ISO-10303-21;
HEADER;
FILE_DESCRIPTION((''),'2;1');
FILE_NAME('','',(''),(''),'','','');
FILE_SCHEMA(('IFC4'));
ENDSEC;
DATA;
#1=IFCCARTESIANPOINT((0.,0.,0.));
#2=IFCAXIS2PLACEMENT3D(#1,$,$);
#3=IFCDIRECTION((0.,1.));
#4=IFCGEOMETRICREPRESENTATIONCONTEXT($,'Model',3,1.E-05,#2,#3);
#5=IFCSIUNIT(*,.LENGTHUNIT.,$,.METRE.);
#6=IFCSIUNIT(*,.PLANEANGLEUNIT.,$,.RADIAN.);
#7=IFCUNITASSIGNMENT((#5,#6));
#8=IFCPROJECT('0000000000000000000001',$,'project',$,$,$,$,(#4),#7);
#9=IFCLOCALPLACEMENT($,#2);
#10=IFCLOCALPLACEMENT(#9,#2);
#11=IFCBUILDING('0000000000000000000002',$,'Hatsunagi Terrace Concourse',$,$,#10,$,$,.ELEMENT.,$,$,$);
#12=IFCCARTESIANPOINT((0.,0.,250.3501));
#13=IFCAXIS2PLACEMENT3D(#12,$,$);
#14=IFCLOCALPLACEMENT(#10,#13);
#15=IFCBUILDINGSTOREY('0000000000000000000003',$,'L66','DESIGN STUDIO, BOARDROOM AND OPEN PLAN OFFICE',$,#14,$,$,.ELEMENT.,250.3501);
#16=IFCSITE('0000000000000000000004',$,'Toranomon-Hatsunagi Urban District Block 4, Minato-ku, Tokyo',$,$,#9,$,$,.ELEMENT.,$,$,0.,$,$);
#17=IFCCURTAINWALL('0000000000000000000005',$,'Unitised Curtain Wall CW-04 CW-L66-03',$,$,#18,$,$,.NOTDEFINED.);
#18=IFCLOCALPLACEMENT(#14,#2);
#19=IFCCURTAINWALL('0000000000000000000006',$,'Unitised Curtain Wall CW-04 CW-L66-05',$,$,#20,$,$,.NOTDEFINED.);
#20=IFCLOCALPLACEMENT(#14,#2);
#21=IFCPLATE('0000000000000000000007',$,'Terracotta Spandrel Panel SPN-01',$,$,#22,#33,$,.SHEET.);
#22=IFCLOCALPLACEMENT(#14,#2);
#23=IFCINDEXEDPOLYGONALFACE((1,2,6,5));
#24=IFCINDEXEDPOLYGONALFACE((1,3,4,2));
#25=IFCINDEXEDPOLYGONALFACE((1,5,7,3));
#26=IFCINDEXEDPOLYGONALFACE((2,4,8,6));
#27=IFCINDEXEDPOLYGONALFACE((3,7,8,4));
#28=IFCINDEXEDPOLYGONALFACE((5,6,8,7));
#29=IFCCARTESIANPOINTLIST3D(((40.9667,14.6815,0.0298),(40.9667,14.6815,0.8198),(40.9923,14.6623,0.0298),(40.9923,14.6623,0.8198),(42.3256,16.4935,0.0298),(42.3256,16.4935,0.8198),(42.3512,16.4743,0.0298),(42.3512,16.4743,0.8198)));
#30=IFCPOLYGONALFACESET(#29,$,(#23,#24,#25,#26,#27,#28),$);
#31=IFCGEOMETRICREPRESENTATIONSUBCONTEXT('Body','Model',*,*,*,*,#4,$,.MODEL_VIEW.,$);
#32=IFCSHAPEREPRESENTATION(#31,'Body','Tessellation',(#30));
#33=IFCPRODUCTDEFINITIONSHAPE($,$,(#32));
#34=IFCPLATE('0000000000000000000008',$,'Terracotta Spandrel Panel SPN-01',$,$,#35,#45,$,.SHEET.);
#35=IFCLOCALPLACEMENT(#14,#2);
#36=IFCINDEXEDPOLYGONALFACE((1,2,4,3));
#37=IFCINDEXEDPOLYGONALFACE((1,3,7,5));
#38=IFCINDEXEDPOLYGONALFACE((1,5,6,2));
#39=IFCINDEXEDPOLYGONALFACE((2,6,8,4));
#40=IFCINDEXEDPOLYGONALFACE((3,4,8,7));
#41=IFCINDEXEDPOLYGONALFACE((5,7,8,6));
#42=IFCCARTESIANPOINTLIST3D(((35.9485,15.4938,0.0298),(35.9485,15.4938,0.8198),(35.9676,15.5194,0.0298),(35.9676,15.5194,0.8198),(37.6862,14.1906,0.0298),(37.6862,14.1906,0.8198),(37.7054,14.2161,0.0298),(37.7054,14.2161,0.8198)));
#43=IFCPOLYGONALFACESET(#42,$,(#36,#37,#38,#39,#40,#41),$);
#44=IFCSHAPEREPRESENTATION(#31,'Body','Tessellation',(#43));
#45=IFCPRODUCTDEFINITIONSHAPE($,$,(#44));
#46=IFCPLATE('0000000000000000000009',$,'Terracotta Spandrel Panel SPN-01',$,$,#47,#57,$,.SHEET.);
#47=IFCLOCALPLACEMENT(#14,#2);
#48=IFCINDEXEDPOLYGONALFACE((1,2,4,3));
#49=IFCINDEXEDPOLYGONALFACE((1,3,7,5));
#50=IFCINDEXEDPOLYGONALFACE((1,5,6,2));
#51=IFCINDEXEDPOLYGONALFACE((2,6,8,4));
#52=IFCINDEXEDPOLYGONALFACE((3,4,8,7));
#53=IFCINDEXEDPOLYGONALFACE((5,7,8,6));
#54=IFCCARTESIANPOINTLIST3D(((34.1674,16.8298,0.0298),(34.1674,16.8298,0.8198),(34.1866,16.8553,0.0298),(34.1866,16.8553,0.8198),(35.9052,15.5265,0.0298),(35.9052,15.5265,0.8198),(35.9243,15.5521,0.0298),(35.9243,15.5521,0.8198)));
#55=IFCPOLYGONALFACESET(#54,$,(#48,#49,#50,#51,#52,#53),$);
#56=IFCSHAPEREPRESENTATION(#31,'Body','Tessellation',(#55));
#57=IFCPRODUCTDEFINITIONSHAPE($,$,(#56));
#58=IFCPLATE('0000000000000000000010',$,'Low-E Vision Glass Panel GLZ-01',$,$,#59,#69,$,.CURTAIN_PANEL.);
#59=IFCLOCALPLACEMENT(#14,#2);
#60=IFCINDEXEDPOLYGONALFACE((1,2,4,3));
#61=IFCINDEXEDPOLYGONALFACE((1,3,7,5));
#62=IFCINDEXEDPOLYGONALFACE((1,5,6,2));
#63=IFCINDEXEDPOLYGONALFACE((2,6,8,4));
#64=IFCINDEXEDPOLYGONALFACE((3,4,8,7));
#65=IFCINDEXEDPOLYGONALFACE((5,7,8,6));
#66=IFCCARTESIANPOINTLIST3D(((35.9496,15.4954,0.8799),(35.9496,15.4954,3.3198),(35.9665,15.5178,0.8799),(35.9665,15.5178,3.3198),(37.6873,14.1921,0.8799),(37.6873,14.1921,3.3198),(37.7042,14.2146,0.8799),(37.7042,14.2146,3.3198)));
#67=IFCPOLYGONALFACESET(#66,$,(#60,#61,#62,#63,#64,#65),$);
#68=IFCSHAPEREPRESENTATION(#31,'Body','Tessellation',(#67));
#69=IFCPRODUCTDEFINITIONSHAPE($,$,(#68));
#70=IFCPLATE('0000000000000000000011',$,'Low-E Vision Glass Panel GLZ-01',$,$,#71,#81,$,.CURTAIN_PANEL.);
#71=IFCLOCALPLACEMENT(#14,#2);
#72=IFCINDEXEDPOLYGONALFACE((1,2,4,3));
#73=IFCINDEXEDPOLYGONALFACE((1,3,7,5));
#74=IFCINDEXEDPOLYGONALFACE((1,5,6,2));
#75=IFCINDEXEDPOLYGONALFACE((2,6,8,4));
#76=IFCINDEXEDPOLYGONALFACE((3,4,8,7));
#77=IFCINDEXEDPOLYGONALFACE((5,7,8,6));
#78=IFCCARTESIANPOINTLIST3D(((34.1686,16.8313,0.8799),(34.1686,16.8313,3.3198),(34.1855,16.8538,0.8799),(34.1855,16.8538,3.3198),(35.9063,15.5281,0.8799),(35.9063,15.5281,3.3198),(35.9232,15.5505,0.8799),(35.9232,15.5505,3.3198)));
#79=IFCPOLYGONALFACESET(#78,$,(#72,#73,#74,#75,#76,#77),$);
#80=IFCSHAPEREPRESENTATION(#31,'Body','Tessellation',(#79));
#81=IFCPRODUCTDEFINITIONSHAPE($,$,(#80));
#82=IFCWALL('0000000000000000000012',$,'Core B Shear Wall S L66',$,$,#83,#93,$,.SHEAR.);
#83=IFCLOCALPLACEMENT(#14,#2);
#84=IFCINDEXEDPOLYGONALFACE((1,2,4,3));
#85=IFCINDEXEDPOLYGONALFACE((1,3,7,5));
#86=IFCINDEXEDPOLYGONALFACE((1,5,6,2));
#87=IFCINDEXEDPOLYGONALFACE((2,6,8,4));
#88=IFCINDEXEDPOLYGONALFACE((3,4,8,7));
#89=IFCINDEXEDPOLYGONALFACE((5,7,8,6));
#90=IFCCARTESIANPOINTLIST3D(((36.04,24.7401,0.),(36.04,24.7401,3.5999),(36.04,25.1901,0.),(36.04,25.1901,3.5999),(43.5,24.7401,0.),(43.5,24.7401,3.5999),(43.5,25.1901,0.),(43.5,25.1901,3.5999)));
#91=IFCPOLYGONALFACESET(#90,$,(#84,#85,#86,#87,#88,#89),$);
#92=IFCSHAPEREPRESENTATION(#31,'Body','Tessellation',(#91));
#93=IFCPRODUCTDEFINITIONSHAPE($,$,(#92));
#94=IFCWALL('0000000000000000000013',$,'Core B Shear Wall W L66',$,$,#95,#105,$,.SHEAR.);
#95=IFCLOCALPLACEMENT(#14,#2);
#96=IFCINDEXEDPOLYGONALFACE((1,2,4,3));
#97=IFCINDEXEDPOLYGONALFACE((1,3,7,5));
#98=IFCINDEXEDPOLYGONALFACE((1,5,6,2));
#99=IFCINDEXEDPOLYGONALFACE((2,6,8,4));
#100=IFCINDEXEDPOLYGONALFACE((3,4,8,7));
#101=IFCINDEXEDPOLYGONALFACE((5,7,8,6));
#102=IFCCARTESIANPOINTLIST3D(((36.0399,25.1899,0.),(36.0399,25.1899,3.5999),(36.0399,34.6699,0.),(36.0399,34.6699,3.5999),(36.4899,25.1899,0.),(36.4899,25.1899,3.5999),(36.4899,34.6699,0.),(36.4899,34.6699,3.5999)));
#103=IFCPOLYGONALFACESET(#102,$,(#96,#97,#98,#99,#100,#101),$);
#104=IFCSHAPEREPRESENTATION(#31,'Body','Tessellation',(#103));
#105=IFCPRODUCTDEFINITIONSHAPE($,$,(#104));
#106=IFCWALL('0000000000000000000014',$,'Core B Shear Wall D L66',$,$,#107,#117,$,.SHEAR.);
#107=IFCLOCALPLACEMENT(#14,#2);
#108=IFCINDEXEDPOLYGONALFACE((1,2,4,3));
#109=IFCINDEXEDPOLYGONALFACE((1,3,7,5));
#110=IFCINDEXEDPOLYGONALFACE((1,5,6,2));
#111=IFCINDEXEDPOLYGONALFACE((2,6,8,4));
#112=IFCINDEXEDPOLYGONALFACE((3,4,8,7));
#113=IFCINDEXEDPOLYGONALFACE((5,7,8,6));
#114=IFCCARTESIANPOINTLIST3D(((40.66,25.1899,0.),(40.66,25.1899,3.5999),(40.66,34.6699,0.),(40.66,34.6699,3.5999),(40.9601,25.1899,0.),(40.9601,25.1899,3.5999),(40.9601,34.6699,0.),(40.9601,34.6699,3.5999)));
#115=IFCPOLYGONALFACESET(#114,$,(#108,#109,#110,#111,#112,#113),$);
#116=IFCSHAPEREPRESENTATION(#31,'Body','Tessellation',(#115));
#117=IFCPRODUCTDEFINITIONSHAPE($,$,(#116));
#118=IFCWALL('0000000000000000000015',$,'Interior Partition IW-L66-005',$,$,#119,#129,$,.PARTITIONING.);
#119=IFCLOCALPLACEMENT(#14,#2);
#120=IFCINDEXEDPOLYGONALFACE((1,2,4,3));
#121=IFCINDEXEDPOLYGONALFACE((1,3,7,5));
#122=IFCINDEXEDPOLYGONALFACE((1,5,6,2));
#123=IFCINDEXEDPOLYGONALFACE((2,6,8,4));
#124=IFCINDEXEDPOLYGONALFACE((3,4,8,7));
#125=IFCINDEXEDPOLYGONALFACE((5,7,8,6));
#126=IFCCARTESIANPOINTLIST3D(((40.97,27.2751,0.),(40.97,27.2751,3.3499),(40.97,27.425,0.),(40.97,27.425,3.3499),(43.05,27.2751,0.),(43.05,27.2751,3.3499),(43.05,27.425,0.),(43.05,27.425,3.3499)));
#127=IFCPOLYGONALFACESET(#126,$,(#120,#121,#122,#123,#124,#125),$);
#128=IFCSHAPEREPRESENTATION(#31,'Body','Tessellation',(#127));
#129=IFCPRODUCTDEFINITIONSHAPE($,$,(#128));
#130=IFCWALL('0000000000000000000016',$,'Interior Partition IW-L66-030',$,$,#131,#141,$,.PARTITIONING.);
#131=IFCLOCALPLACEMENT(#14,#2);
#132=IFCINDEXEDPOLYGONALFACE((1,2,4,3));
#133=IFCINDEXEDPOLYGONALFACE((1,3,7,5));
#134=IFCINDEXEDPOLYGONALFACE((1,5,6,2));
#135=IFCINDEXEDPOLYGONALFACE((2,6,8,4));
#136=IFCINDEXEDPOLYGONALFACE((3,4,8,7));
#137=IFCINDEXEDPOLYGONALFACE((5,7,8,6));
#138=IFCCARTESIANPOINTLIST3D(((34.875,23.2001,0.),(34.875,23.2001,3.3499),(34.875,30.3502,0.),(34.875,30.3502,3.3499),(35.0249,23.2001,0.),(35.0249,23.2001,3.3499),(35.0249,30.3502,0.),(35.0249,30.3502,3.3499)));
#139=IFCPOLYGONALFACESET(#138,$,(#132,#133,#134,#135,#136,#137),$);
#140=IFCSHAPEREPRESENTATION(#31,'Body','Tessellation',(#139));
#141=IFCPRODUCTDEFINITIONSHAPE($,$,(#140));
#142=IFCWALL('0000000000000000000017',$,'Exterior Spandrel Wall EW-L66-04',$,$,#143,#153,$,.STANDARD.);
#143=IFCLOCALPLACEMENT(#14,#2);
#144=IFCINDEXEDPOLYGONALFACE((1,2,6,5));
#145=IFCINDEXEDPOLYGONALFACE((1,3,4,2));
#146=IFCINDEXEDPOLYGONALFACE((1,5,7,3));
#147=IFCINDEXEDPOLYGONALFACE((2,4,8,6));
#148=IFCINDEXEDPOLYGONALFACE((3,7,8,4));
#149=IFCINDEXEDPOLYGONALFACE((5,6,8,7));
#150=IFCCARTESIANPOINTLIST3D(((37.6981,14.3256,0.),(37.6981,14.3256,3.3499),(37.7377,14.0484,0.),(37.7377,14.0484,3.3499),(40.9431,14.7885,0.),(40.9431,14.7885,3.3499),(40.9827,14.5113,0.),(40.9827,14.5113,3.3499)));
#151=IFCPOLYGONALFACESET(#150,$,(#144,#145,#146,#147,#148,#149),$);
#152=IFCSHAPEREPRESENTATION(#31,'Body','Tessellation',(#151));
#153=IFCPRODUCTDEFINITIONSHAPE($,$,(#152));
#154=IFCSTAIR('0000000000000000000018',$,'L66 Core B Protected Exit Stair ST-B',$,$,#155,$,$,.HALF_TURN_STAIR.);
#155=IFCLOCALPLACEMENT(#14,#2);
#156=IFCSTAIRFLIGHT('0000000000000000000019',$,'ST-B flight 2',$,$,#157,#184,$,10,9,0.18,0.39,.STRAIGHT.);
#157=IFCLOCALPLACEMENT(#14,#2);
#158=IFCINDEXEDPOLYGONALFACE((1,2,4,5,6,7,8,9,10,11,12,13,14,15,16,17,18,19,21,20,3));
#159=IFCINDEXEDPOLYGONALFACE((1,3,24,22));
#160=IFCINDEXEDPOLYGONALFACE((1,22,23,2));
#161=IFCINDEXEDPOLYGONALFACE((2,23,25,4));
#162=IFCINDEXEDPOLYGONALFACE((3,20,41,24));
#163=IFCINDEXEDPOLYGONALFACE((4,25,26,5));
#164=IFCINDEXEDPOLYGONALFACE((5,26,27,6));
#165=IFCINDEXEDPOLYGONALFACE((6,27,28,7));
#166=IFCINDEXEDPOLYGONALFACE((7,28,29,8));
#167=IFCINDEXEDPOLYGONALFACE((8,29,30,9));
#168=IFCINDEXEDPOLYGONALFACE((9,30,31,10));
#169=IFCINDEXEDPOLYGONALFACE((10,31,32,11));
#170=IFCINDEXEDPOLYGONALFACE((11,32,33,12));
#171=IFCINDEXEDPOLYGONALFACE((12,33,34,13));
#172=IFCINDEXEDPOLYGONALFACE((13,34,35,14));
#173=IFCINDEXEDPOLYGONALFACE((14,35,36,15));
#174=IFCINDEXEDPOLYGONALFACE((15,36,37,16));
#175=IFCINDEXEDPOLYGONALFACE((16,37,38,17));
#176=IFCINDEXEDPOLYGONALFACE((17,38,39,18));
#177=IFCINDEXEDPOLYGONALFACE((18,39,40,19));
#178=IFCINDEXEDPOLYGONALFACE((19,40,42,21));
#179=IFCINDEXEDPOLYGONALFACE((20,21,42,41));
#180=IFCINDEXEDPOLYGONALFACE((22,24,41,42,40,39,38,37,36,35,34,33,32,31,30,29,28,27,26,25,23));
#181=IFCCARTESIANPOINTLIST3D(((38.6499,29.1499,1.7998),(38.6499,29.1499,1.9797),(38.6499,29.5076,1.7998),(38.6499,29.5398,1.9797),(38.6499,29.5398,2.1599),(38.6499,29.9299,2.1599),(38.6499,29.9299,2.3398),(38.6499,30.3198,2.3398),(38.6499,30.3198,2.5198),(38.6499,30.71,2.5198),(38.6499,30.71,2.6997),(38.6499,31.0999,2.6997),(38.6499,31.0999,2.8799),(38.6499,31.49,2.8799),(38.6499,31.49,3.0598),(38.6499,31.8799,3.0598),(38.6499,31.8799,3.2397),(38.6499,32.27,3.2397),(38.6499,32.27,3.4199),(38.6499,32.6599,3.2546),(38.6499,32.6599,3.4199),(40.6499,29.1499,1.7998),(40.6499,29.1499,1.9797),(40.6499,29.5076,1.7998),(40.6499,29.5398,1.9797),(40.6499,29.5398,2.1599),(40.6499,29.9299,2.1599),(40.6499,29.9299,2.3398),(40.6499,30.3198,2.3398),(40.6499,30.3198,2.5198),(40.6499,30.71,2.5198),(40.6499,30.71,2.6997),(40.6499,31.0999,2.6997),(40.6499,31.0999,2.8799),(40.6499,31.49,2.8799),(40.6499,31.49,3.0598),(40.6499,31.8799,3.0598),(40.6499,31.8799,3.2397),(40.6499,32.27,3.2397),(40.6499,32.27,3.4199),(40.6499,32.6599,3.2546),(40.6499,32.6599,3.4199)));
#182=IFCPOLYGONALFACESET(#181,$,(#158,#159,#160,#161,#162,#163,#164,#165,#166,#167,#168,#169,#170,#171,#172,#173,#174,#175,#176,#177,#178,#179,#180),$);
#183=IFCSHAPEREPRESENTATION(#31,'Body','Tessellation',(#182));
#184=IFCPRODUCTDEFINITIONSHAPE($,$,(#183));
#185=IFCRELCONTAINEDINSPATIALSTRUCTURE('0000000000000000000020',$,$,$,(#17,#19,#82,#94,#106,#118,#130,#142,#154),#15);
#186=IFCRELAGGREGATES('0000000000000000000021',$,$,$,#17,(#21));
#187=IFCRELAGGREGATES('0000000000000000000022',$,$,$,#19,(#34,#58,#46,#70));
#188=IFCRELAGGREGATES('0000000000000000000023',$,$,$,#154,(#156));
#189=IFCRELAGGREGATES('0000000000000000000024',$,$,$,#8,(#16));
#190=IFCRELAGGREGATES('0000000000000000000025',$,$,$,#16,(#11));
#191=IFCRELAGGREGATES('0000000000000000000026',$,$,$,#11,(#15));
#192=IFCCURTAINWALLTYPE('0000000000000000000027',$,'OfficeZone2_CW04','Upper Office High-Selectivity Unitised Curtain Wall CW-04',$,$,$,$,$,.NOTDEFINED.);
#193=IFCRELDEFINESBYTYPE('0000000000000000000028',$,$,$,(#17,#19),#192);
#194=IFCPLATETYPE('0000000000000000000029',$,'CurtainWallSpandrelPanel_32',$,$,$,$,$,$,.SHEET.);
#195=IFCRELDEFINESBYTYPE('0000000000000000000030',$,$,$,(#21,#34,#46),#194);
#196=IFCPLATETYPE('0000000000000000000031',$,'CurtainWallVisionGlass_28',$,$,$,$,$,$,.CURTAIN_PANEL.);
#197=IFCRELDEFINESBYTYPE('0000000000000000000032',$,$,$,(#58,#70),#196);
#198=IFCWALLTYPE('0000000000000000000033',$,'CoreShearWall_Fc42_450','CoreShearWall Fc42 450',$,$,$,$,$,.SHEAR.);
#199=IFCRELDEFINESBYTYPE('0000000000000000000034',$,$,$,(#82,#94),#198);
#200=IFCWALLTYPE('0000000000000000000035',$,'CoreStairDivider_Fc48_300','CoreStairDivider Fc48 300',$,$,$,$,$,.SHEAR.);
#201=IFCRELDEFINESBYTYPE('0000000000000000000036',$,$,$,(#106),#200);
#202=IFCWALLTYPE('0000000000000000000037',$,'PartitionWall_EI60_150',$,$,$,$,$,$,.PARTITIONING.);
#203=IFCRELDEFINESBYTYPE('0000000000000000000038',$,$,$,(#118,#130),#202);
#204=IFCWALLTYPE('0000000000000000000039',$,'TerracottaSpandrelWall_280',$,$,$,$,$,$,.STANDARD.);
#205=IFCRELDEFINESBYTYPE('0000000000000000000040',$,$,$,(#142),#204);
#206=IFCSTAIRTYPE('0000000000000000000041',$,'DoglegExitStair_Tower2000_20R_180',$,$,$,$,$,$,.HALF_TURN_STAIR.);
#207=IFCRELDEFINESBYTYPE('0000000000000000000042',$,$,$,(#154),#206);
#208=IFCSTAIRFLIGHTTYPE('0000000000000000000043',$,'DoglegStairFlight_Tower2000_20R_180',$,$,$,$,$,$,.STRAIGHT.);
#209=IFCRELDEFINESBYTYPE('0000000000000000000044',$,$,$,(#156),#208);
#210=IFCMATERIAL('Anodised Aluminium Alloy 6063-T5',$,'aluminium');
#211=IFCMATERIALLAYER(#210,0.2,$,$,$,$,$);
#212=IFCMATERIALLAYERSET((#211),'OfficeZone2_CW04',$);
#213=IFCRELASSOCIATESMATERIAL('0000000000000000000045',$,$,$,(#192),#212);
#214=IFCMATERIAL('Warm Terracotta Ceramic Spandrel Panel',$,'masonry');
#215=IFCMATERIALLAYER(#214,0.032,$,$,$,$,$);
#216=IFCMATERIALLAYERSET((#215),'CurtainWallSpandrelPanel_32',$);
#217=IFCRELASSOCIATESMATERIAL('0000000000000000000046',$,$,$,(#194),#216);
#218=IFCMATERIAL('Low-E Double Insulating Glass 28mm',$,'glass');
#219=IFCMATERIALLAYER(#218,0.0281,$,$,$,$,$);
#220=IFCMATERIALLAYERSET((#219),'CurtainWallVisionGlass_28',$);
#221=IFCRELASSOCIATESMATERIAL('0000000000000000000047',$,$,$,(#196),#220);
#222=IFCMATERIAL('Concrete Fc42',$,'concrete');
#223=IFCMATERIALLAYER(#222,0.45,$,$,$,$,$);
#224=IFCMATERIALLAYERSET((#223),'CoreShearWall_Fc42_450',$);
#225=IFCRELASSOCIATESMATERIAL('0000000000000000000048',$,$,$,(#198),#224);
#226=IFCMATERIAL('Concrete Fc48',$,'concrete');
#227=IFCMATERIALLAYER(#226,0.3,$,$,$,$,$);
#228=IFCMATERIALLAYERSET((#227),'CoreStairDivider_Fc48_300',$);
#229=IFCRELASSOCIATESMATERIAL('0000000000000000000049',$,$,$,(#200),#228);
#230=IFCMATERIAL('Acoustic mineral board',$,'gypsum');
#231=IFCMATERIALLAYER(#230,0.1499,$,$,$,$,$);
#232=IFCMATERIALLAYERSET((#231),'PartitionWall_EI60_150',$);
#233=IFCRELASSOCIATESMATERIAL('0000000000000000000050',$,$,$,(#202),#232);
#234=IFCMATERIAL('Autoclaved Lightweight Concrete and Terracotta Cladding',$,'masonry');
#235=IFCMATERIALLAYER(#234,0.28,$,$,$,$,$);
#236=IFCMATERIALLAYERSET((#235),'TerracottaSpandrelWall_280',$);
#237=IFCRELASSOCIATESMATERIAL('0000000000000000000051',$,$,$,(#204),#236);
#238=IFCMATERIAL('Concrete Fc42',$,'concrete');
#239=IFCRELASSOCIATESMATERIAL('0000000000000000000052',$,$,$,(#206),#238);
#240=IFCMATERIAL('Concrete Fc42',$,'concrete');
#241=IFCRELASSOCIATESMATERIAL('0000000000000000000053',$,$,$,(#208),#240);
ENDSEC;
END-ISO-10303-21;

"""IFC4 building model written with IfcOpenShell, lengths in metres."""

from ifc_helpers import new_model, si_unit, direction, frame, frame_2d, origin, origin_2d, place, context, subcontext, project, spatial, polyline, rectangle, outline, extrude, material, layer, layer_set, type_object, element, aggregate, save


model = new_model("IFC4")

# Units and contexts
model_context = context("Model", 3, precision=1e-05, world=origin(), true_north=direction((0.0, 1.0)))
body_context = subcontext(model_context, "Body", "Model", "MODEL_VIEW")
ifc_project = project(units=[si_unit("LENGTHUNIT", "METRE"), si_unit("PLANEANGLEUNIT", "RADIAN")], contexts=[model_context])

# Site, building, storey
site_placement = place(None, origin())
site = spatial("IfcSite", under=ifc_project, at=site_placement, Name="Toranomon-Hatsunagi Urban District Block 4, Minato-ku, Tokyo", CompositionType="ELEMENT", RefElevation=0.0)
building_placement = place(site_placement, origin())
building = spatial("IfcBuilding", under=site, at=building_placement, Name="Hatsunagi Terrace Concourse", CompositionType="ELEMENT")
storey_placement = place(building_placement, frame((0.0, 0.0, 250.3501)))
storey = spatial("IfcBuildingStorey", under=building, at=storey_placement, Name="L66", Description="DESIGN STUDIO, BOARDROOM AND OPEN PLAN OFFICE", CompositionType="ELEMENT", Elevation=250.3501)

# Curtain wall
ifc_material_1 = material(Name="Anodised Aluminium Alloy 6063-T5", Category="aluminium")
ifc_layer_1 = layer(ifc_material_1, 0.2)
ifc_layer_set_1 = layer_set([ifc_layer_1], Name="OfficeZone2_CW04")
curtain_wall_type = type_object("IfcCurtainWallType", Name="OfficeZone2_CW04", Description="Upper Office High-Selectivity Unitised Curtain Wall CW-04", PredefinedType="NOTDEFINED", material=ifc_layer_set_1)
curtain_wall_1_placement = place(storey_placement, origin())
curtain_wall_1 = element("IfcCurtainWall", 1, at=curtain_wall_1_placement, inside=storey, type_object=curtain_wall_type, Name="Unitised Curtain Wall CW-04 CW-L66-03", PredefinedType="NOTDEFINED")

# Curtain wall
curtain_wall_2_placement = place(storey_placement, origin())
curtain_wall_2 = element("IfcCurtainWall", 2, at=curtain_wall_2_placement, inside=storey, type_object=curtain_wall_type, Name="Unitised Curtain Wall CW-04 CW-L66-05", PredefinedType="NOTDEFINED")

# Plates
ifc_material_2 = material(Name="Warm Terracotta Ceramic Spandrel Panel", Category="masonry")
ifc_layer_2 = layer(ifc_material_2, 0.032)
ifc_layer_set_2 = layer_set([ifc_layer_2], Name="CurtainWallSpandrelPanel_32")
plate_type_1 = type_object("IfcPlateType", Name="CurtainWallSpandrelPanel_32", PredefinedType="SHEET", material=ifc_layer_set_2)
plate_1_placement = place(storey_placement, frame((41.6589, 15.5779, 0.0298), z_axis=(0.0, 0.0, 1.0), x_axis=(-0.599969, -0.800023, 0.0)))
plate_1 = element("IfcPlate", 3, at=plate_1_placement, type_object=plate_type_1, Name="Terracotta Spandrel Panel SPN-01", PredefinedType="SHEET", context=body_context, shape_type="SweptSolid", body=[
    extrude(rectangle(XDim=2.2649, YDim=0.032, at=origin_2d()), origin(), (0.0, 0.0, 1.0), 0.79),
])
aggregate(curtain_wall_1, [plate_1])
plate_2_placement = place(storey_placement, frame((36.8269, 14.855, 0.0298), z_axis=(0.0, 0.0, 1.0), x_axis=(-0.800007, 0.59999, 0.0)))
plate_2 = element("IfcPlate", 4, at=plate_2_placement, type_object=plate_type_1, Name="Terracotta Spandrel Panel SPN-01", PredefinedType="SHEET", context=body_context, shape_type="SweptSolid", body=[
    extrude(rectangle(XDim=2.1721, YDim=0.032, at=origin_2d()), origin(), (0.0, 0.0, 1.0), 0.79),
])
plate_3_placement = place(storey_placement, frame((35.0459, 16.1909, 0.0298), z_axis=(0.0, 0.0, 1.0), x_axis=(-0.800007, 0.59999, 0.0)))
plate_3 = element("IfcPlate", 5, at=plate_3_placement, type_object=plate_type_1, Name="Terracotta Spandrel Panel SPN-01", PredefinedType="SHEET", context=body_context, shape_type="SweptSolid", body=[
    extrude(rectangle(XDim=2.1721, YDim=0.032, at=origin_2d()), origin(), (0.0, 0.0, 1.0), 0.79),
])
ifc_material_3 = material(Name="Low-E Double Insulating Glass 28mm", Category="glass")
ifc_layer_3 = layer(ifc_material_3, 0.0281)
ifc_layer_set_3 = layer_set([ifc_layer_3], Name="CurtainWallVisionGlass_28")
plate_type_2 = type_object("IfcPlateType", Name="CurtainWallVisionGlass_28", PredefinedType="CURTAIN_PANEL", material=ifc_layer_set_3)
plate_4_placement = place(storey_placement, frame((36.8269, 14.855, 0.8799), z_axis=(0.0, 0.0, 1.0), x_axis=(-0.800007, 0.59999, 0.0)))
plate_4 = element("IfcPlate", 6, at=plate_4_placement, type_object=plate_type_2, Name="Low-E Vision Glass Panel GLZ-01", PredefinedType="CURTAIN_PANEL", context=body_context, shape_type="SweptSolid", body=[
    extrude(rectangle(XDim=2.1721, YDim=0.0281, at=origin_2d()), origin(), (0.0, 0.0, 1.0), 2.4399),
])
plate_5_placement = place(storey_placement, frame((35.0459, 16.1909, 0.8799), z_axis=(0.0, 0.0, 1.0), x_axis=(-0.800007, 0.59999, 0.0)))
plate_5 = element("IfcPlate", 7, at=plate_5_placement, type_object=plate_type_2, Name="Low-E Vision Glass Panel GLZ-01", PredefinedType="CURTAIN_PANEL", context=body_context, shape_type="SweptSolid", body=[
    extrude(rectangle(XDim=2.1721, YDim=0.0281, at=origin_2d()), origin(), (0.0, 0.0, 1.0), 2.4399),
])
aggregate(curtain_wall_2, [plate_2, plate_4, plate_3, plate_5])

# Walls
ifc_material_4 = material(Name="Concrete Fc42", Category="concrete")
ifc_layer_4 = layer(ifc_material_4, 0.45)
ifc_layer_set_4 = layer_set([ifc_layer_4], Name="CoreShearWall_Fc42_450")
wall_type_1 = type_object("IfcWallType", Name="CoreShearWall_Fc42_450", Description="CoreShearWall Fc42 450", PredefinedType="SHEAR", material=ifc_layer_set_4)
wall_1_placement = place(storey_placement, frame((36.04, 24.9651, 0.0), z_axis=(0.0, 0.0, 1.0), x_axis=(1.0, 0.0, 0.0)))
element("IfcWall", 8, at=wall_1_placement, inside=storey, type_object=wall_type_1, Name="Core B Shear Wall S L66", PredefinedType="SHEAR", context=body_context, shape_type="SweptSolid", body=[
    extrude(rectangle(XDim=7.46, YDim=0.45, at=frame_2d((3.73, 0.0))), origin(), (0.0, 0.0, 1.0), 3.5999),
])
wall_2_placement = place(storey_placement, frame((36.2649, 25.1899, 0.0), z_axis=(0.0, 0.0, 1.0), x_axis=(0.0, 1.0, 0.0)))
element("IfcWall", 9, at=wall_2_placement, inside=storey, type_object=wall_type_1, Name="Core B Shear Wall W L66", PredefinedType="SHEAR", context=body_context, shape_type="SweptSolid", body=[
    extrude(rectangle(XDim=9.48, YDim=0.45, at=frame_2d((4.74, 0.0))), origin(), (0.0, 0.0, 1.0), 3.5999),
])
ifc_material_5 = material(Name="Concrete Fc48", Category="concrete")
ifc_layer_5 = layer(ifc_material_5, 0.3)
ifc_layer_set_5 = layer_set([ifc_layer_5], Name="CoreStairDivider_Fc48_300")
wall_type_2 = type_object("IfcWallType", Name="CoreStairDivider_Fc48_300", Description="CoreStairDivider Fc48 300", PredefinedType="SHEAR", material=ifc_layer_set_5)
wall_3_placement = place(storey_placement, frame((40.8101, 25.1899, 0.0), z_axis=(0.0, 0.0, 1.0), x_axis=(0.0, 1.0, 0.0)))
element("IfcWall", 10, at=wall_3_placement, inside=storey, type_object=wall_type_2, Name="Core B Shear Wall D L66", PredefinedType="SHEAR", context=body_context, shape_type="SweptSolid", body=[
    extrude(rectangle(XDim=9.48, YDim=0.3, at=frame_2d((4.74, 0.0))), origin(), (0.0, 0.0, 1.0), 3.5999),
])
ifc_material_6 = material(Name="Acoustic mineral board", Category="gypsum")
ifc_layer_6 = layer(ifc_material_6, 0.1499)
ifc_layer_set_6 = layer_set([ifc_layer_6], Name="PartitionWall_EI60_150")
wall_type_3 = type_object("IfcWallType", Name="PartitionWall_EI60_150", PredefinedType="PARTITIONING", material=ifc_layer_set_6)
wall_4_placement = place(storey_placement, frame((40.97, 27.3501, 0.0), z_axis=(0.0, 0.0, 1.0), x_axis=(1.0, 0.0, 0.0)))
element("IfcWall", 11, at=wall_4_placement, inside=storey, type_object=wall_type_3, Name="Interior Partition IW-L66-005", PredefinedType="PARTITIONING", context=body_context, shape_type="SweptSolid", body=[
    extrude(rectangle(XDim=2.0801, YDim=0.1499, at=frame_2d((1.04, 0.0))), origin(), (0.0, 0.0, 1.0), 3.3499),
])
wall_5_placement = place(storey_placement, frame((34.95, 23.2, 0.0), z_axis=(0.0, 0.0, 1.0), x_axis=(0.0, 1.0, 0.0)))
element("IfcWall", 12, at=wall_5_placement, inside=storey, type_object=wall_type_3, Name="Interior Partition IW-L66-030", PredefinedType="PARTITIONING", context=body_context, shape_type="SweptSolid", body=[
    extrude(rectangle(XDim=7.1501, YDim=0.1499, at=frame_2d((3.5752, 0.0))), origin(), (0.0, 0.0, 1.0), 3.3499),
])
ifc_material_7 = material(Name="Autoclaved Lightweight Concrete and Terracotta Cladding", Category="masonry")
ifc_layer_7 = layer(ifc_material_7, 0.28)
ifc_layer_set_7 = layer_set([ifc_layer_7], Name="TerracottaSpandrelWall_280")
wall_type_4 = type_object("IfcWallType", Name="TerracottaSpandrelWall_280", PredefinedType="STANDARD", material=ifc_layer_set_7)
wall_6_placement = place(storey_placement, frame((40.9629, 14.6499, 0.0), z_axis=(0.0, 0.0, 1.0), x_axis=(-0.989978, -0.141223, 0.0)))
element("IfcWall", 13, at=wall_6_placement, inside=storey, type_object=wall_type_4, Name="Exterior Spandrel Wall EW-L66-04", PredefinedType="STANDARD", context=body_context, shape_type="SweptSolid", body=[
    extrude(rectangle(XDim=3.2778, YDim=0.28, at=frame_2d((1.6389, 0.0))), origin(), (0.0, 0.0, 1.0), 3.3499),
])

# Stair, stair flight
ifc_material_8 = material(Name="Concrete Fc42", Category="concrete")
stair_type = type_object("IfcStairType", Name="DoglegExitStair_Tower2000_20R_180", PredefinedType="HALF_TURN_STAIR", material=ifc_material_8)
stair_placement = place(storey_placement, origin())
stair = element("IfcStair", 14, at=stair_placement, inside=storey, type_object=stair_type, Name="L66 Core B Protected Exit Stair ST-B", PredefinedType="HALF_TURN_STAIR")
ifc_material_9 = material(Name="Concrete Fc42", Category="concrete")
stair_flight_type = type_object("IfcStairFlightType", Name="DoglegStairFlight_Tower2000_20R_180", PredefinedType="STRAIGHT", material=ifc_material_9)
stair_flight_placement = place(storey_placement, frame((39.6499, 29.1499, 1.7998), z_axis=(0.0, 0.0, 1.0), x_axis=(0.0, 1.0, 0.0)))
stair_flight = element("IfcStairFlight", 15, at=stair_flight_placement, type_object=stair_flight_type, Name="ST-B flight 2", NumberOfRisers=10, NumberOfTreads=9, PredefinedType="STRAIGHT", RiserHeight=0.18, TreadLength=0.39, context=body_context, shape_type="SweptSolid", body=[
    extrude(outline(polyline([(0.0, 0.0), (0.0, 0.1799), (0.3899, 0.1799), (0.3899, 0.3601), (0.78, 0.3601), (0.78, 0.54), (1.1699, 0.54), (1.1699, 0.72), (1.5601, 0.72), (1.5601, 0.8999), (1.95, 0.8999), (1.95, 1.0801), (2.3401, 1.0801), (2.3401, 1.26), (2.73, 1.26), (2.73, 1.4399), (3.1201, 1.4399), (3.1201, 1.6201), (3.51, 1.6201), (3.51, 1.8), (3.51, 1.4548), (0.3577, 0.0), (0.0, 0.0)])), frame((0.0, 1.0, 0.0), z_axis=(0.0, -1.0, 0.0), x_axis=(1.0, 0.0, 0.0)), (0.0, 0.0, 1.0), 2.0),
])
aggregate(stair, [stair_flight])

save(model, "model.ifc")
